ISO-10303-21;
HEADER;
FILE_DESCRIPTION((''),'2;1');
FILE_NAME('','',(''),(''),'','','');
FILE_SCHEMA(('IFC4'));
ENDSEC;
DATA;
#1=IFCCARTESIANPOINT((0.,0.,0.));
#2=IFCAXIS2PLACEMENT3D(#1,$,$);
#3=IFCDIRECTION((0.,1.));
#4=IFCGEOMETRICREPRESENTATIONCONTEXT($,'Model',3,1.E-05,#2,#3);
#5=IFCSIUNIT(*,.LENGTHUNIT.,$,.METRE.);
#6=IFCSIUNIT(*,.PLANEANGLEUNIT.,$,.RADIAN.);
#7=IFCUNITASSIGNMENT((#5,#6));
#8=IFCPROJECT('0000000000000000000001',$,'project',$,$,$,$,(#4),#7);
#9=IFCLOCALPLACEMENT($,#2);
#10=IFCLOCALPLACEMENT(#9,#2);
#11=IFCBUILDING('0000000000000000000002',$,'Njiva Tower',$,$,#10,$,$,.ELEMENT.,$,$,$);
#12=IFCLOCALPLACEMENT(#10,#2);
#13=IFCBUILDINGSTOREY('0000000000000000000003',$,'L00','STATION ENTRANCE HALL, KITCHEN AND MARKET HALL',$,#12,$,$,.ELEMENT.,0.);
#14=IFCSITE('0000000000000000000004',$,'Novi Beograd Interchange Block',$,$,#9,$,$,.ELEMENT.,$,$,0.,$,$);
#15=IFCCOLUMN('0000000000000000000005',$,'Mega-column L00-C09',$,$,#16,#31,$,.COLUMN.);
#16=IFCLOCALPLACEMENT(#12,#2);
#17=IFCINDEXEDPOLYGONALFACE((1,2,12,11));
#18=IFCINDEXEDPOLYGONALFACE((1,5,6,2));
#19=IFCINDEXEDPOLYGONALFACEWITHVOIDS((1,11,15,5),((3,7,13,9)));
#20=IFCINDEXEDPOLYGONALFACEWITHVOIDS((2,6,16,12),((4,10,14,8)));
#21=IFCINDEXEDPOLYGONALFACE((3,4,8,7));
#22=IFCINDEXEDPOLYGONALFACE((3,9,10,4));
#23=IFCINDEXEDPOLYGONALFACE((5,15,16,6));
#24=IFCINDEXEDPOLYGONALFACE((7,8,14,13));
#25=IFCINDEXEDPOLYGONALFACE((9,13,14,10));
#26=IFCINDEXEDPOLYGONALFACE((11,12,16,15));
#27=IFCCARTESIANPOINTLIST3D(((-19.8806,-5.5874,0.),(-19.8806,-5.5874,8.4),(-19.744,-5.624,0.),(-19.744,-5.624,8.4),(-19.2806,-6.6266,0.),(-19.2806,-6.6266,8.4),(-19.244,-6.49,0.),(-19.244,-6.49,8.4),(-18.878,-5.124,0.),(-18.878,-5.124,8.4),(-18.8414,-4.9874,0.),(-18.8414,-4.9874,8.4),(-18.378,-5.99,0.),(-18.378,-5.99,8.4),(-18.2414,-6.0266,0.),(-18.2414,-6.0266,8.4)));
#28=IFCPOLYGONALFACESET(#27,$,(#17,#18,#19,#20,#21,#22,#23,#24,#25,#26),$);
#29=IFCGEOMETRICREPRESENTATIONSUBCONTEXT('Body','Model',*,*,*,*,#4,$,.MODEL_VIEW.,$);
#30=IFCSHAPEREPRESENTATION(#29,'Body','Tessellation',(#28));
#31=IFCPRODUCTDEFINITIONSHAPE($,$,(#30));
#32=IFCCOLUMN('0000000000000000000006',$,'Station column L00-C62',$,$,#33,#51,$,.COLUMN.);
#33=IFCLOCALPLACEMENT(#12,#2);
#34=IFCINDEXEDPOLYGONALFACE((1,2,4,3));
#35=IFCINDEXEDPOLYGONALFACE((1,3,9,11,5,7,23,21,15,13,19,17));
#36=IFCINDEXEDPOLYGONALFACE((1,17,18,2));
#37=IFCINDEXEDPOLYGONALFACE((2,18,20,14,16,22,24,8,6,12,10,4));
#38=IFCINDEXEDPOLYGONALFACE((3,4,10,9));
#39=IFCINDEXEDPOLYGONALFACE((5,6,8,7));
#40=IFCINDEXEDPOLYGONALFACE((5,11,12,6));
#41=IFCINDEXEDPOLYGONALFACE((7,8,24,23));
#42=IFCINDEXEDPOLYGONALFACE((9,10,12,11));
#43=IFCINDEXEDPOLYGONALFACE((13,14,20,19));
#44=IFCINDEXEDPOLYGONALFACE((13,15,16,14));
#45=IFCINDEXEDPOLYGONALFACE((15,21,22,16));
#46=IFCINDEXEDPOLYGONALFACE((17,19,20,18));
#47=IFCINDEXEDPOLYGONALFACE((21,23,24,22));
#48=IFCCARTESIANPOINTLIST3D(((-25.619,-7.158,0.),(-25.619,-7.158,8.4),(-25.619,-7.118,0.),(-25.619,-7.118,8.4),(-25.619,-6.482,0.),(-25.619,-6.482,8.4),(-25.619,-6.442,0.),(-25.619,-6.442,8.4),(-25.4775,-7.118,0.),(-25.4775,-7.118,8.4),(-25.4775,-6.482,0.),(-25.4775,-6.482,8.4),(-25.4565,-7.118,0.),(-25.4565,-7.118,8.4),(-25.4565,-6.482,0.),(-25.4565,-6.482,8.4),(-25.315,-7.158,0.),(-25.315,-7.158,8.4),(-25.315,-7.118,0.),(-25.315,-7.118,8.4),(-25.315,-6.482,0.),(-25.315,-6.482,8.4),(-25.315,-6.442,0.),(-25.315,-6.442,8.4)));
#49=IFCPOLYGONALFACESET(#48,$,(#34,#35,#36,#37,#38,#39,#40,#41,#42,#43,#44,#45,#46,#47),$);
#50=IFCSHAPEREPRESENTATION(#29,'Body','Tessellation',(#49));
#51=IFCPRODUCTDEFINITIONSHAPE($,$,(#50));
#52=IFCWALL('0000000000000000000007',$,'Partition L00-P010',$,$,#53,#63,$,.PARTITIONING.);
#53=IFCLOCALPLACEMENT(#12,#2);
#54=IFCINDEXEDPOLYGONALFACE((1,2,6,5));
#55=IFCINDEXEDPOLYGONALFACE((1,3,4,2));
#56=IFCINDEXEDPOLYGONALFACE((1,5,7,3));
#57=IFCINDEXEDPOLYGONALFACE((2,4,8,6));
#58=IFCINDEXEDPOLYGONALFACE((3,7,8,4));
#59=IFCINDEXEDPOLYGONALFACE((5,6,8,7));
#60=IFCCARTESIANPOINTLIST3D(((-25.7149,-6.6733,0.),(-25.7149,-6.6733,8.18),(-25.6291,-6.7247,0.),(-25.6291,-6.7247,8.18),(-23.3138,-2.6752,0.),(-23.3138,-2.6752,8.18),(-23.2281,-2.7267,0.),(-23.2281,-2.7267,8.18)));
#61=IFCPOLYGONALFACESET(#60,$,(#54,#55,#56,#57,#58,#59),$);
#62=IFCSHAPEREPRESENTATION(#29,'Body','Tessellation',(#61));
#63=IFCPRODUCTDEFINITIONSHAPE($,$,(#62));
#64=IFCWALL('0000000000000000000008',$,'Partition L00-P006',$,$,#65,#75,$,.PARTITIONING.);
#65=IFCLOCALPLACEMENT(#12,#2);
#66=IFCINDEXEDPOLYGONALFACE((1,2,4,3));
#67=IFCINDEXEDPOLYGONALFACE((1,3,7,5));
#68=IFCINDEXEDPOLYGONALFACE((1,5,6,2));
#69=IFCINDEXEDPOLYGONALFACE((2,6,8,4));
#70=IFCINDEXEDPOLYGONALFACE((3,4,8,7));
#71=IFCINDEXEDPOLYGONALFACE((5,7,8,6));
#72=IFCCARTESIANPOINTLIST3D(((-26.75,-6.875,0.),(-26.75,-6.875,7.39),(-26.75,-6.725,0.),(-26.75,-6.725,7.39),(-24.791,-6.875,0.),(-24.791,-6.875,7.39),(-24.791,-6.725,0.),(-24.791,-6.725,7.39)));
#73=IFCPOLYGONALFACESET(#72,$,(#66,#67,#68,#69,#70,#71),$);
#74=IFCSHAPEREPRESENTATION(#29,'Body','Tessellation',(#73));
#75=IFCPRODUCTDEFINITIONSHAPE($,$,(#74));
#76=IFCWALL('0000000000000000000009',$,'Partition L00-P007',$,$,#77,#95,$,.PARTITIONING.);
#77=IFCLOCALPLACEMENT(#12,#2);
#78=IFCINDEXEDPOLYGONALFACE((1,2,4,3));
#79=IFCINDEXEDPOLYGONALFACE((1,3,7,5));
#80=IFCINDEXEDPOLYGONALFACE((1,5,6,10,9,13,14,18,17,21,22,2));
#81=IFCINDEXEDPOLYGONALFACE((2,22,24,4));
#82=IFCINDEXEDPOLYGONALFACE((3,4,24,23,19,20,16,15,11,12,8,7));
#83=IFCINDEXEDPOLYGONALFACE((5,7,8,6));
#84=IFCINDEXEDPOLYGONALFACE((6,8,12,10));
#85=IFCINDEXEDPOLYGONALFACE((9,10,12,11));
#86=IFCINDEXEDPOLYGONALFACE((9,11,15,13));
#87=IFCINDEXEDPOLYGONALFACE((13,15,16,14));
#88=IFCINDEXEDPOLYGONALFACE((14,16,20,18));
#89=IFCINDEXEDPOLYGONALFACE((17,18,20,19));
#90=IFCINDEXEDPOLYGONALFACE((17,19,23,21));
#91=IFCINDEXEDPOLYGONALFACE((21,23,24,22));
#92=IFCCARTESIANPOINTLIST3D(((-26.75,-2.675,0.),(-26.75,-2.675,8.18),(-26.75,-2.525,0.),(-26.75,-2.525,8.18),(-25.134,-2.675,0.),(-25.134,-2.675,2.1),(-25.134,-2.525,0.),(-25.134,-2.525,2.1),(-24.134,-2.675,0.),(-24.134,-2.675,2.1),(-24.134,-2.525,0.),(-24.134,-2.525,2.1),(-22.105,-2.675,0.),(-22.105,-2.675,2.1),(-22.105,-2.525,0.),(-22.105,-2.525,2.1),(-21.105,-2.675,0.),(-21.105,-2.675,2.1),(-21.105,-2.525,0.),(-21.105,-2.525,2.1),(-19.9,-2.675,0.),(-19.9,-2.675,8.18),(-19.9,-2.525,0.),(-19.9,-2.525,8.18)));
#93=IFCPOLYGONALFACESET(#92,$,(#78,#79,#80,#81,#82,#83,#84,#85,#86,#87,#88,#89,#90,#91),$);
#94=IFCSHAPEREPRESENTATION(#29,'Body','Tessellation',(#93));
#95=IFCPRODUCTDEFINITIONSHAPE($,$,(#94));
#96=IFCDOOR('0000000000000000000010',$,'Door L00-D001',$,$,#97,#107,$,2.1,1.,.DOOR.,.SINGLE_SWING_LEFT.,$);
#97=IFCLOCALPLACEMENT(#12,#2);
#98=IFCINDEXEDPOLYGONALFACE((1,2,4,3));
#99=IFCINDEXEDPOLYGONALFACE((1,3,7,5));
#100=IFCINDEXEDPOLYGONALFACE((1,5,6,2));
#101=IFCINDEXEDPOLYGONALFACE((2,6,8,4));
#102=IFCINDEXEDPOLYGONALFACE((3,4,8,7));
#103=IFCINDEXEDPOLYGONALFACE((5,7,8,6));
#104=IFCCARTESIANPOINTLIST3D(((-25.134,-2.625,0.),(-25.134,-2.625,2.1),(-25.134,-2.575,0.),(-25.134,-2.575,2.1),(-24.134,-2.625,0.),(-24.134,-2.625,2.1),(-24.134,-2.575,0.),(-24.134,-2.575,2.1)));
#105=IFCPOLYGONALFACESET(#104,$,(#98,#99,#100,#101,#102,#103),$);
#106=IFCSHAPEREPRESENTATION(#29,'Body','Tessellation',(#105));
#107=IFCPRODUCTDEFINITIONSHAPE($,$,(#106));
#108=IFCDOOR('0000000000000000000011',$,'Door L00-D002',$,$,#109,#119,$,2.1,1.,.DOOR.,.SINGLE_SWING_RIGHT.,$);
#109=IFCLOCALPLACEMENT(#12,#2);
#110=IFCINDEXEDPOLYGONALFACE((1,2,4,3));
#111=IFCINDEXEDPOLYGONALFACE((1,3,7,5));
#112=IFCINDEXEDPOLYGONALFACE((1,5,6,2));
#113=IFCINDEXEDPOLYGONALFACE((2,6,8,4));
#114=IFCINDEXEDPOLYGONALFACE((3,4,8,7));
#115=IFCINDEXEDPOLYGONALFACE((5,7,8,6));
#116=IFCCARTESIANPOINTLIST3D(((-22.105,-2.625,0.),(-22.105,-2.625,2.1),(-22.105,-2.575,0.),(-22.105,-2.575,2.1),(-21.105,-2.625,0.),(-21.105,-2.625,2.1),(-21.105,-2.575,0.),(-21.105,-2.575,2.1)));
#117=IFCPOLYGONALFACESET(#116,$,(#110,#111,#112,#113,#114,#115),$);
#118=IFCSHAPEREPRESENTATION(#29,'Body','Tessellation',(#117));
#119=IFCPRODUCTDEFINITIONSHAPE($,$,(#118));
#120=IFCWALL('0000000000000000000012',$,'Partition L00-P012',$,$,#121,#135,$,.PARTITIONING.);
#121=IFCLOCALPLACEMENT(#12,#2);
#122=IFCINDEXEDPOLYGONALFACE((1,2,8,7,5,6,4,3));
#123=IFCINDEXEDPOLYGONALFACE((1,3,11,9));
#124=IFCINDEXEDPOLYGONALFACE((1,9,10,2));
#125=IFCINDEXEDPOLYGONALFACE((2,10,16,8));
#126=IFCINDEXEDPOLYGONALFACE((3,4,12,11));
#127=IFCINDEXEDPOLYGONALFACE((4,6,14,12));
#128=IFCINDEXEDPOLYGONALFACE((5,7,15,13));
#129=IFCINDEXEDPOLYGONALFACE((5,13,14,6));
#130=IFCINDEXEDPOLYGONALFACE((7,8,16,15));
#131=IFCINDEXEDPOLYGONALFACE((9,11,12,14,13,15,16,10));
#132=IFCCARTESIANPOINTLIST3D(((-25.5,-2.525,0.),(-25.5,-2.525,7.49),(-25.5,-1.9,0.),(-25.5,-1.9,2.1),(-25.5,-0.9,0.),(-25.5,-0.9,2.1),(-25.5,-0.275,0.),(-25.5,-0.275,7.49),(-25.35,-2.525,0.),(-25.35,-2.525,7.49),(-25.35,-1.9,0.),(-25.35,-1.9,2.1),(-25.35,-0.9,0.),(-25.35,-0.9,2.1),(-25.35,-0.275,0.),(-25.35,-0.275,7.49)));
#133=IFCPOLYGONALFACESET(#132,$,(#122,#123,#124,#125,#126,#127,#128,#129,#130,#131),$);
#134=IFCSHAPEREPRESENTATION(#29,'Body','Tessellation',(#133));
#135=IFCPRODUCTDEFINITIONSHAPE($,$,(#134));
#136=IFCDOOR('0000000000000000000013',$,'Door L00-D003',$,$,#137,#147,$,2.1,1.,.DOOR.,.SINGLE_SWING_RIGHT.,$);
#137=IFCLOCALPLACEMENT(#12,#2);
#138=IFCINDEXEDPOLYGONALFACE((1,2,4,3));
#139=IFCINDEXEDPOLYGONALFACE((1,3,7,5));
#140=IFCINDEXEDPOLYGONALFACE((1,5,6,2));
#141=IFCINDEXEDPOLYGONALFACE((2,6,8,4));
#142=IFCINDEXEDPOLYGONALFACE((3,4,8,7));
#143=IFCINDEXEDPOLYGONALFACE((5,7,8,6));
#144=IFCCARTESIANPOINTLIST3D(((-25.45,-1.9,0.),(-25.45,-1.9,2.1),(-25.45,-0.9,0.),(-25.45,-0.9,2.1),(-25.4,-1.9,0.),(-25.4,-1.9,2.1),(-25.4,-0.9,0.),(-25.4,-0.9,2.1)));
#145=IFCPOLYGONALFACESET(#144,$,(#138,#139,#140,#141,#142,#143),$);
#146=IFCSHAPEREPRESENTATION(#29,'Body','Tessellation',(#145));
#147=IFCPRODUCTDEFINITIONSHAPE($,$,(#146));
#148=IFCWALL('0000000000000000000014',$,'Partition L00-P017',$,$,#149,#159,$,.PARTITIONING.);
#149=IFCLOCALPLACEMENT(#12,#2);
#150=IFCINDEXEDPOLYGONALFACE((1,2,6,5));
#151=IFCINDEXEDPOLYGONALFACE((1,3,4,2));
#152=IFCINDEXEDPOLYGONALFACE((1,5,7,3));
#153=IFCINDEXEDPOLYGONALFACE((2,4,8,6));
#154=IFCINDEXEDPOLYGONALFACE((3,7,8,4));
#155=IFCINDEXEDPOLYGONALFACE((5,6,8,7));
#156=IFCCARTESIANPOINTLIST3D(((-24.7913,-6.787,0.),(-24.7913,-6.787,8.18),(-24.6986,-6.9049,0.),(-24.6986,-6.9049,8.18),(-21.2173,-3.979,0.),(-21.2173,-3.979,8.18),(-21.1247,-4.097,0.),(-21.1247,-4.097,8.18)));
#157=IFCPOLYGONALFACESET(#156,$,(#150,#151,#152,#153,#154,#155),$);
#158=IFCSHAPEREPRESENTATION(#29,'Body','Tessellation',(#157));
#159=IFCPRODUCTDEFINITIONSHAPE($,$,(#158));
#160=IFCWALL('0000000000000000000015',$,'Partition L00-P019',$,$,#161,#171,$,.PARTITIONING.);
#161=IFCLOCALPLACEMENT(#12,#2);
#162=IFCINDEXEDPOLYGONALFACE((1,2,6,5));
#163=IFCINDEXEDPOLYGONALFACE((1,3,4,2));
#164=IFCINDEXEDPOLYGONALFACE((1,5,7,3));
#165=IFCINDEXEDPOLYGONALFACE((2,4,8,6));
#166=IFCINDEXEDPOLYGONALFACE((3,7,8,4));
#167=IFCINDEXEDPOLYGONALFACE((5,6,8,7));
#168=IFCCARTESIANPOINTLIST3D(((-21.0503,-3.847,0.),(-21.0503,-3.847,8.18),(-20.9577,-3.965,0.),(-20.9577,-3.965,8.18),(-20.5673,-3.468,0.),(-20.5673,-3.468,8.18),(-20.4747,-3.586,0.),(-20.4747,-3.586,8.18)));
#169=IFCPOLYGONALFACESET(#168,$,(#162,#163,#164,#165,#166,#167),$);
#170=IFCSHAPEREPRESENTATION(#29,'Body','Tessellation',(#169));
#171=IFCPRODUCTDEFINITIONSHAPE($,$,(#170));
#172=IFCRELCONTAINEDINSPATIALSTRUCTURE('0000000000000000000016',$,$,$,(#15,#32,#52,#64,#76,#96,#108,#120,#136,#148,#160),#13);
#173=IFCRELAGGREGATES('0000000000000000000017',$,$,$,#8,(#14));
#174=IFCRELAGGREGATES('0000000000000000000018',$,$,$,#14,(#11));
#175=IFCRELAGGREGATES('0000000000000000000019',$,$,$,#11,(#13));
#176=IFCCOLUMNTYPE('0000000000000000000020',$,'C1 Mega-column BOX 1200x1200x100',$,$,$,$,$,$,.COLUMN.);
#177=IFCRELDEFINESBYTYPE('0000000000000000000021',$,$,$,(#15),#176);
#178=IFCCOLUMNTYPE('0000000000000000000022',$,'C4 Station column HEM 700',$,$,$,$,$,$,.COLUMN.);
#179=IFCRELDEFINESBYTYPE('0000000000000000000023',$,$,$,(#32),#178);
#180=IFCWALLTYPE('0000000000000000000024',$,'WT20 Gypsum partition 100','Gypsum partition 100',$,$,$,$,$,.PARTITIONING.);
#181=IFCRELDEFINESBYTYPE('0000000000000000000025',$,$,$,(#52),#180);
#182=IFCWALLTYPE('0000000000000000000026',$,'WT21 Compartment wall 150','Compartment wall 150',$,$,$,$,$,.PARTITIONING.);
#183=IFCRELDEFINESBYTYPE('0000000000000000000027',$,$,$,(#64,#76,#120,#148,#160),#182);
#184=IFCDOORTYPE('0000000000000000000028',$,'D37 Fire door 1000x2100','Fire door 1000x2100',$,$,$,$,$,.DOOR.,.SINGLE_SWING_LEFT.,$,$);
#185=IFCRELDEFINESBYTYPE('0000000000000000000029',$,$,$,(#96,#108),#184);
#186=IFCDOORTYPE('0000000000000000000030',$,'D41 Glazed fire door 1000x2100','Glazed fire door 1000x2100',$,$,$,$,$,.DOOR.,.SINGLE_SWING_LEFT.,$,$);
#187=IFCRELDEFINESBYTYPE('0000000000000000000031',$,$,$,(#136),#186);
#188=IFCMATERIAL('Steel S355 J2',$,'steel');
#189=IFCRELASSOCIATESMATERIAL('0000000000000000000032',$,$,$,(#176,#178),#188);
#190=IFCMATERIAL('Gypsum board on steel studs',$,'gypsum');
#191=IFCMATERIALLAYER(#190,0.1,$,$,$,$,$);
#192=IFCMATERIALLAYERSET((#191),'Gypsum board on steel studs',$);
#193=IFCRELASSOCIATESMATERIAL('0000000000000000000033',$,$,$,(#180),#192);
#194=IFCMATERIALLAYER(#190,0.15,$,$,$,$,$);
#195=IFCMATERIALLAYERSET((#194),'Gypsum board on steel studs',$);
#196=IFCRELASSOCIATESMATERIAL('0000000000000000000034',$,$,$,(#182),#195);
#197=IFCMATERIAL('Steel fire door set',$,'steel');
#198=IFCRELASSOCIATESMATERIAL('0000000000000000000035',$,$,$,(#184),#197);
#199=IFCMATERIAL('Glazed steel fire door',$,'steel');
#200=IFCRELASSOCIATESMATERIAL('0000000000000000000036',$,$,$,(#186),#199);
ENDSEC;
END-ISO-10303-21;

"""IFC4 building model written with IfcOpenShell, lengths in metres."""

from ifc_helpers import new_model, si_unit, direction, frame, frame_2d, origin, origin_2d, place, context, subcontext, project, spatial, rectangle, hollow_rectangle, i_section, extrude, material, layer, layer_set, material_profile, profile_set, type_object, element, fill, save


model = new_model("IFC4")

# Units and contexts
model_context = context("Model", 3, precision=1e-05, world=origin(), true_north=direction((0.0, 1.0)))
body_context = subcontext(model_context, "Body", "Model", "MODEL_VIEW")
ifc_project = project(units=[si_unit("LENGTHUNIT", "METRE"), si_unit("PLANEANGLEUNIT", "RADIAN")], contexts=[model_context])

# Site, building, storey
site_placement = place(None, origin())
site = spatial("IfcSite", under=ifc_project, at=site_placement, Name="Novi Beograd Interchange Block", CompositionType="ELEMENT", RefElevation=0.0)
building_placement = place(site_placement, origin())
building = spatial("IfcBuilding", under=site, at=building_placement, Name="Njiva Tower", CompositionType="ELEMENT")
storey_placement = place(building_placement, origin())
storey = spatial("IfcBuildingStorey", under=building, at=storey_placement, Name="L00", Description="STATION ENTRANCE HALL, KITCHEN AND MARKET HALL", CompositionType="ELEMENT", Elevation=0.0)

# Columns
ifc_material_1 = material(Name="Steel S355 J2", Category="steel")
ifc_material_profile_1 = material_profile(ifc_material_1, hollow_rectangle(XDim=1.2, YDim=1.2, WallThickness=0.1, at=origin_2d()), Name="BOX 1200x1200x100")
ifc_profile_set_1 = profile_set([ifc_material_profile_1], Name="Steel S355 J2")
column_type_1 = type_object("IfcColumnType", Name="C1 Mega-column BOX 1200x1200x100", PredefinedType="COLUMN", material=ifc_profile_set_1)
column_1_placement = place(storey_placement, frame((-19.061, -5.807, 0.0), z_axis=(0.0, 0.0, 1.0), x_axis=(0.5, -0.866025, 0.0)))
element("IfcColumn", 1, at=column_1_placement, inside=storey, type_object=column_type_1, Name="Mega-column L00-C09", PredefinedType="COLUMN", context=body_context, shape_type="SweptSolid", body=[
    extrude(hollow_rectangle(XDim=1.2, YDim=1.2, WallThickness=0.1, at=origin_2d()), origin(), (0.0, 0.0, 1.0), 8.4),
])
ifc_material_profile_2 = material_profile(ifc_material_1, i_section(OverallWidth=0.304, OverallDepth=0.716, WebThickness=0.021, FlangeThickness=0.04, at=origin_2d()), Name="HEM 700")
ifc_profile_set_2 = profile_set([ifc_material_profile_2], Name="Steel S355 J2")
column_type_2 = type_object("IfcColumnType", Name="C4 Station column HEM 700", PredefinedType="COLUMN", material=ifc_profile_set_2)
column_2_placement = place(storey_placement, frame((-25.467, -6.8, 0.0), z_axis=(0.0, 0.0, 1.0), x_axis=(1.0, 0.0, 0.0)))
element("IfcColumn", 2, at=column_2_placement, inside=storey, type_object=column_type_2, Name="Station column L00-C62", PredefinedType="COLUMN", context=body_context, shape_type="SweptSolid", body=[
    extrude(i_section(OverallWidth=0.304, OverallDepth=0.716, WebThickness=0.021, FlangeThickness=0.04, at=origin_2d()), origin(), (0.0, 0.0, 1.0), 8.4),
])

# Walls
ifc_material_2 = material(Name="Gypsum board on steel studs", Category="gypsum")
ifc_layer_1 = layer(ifc_material_2, 0.1)
ifc_layer_set_1 = layer_set([ifc_layer_1], Name="Gypsum board on steel studs")
wall_type_1 = type_object("IfcWallType", Name="WT20 Gypsum partition 100", Description="Gypsum partition 100", PredefinedType="PARTITIONING", material=ifc_layer_set_1)
wall_1_placement = place(storey_placement, frame((-25.672, -6.699, 0.0), z_axis=(0.0, 0.0, 1.0), x_axis=(0.514843, 0.857285, 0.0)))
element("IfcWall", 3, at=wall_1_placement, inside=storey, type_object=wall_type_1, Name="Partition L00-P010", PredefinedType="PARTITIONING", context=body_context, shape_type="SweptSolid", body=[
    extrude(rectangle(XDim=4.6636, YDim=0.1, at=frame_2d((2.3318, 0.0))), origin(), (0.0, 0.0, 1.0), 8.18),
])
ifc_layer_2 = layer(ifc_material_2, 0.15)
ifc_layer_set_2 = layer_set([ifc_layer_2], Name="Gypsum board on steel studs")
wall_type_2 = type_object("IfcWallType", Name="WT21 Compartment wall 150", Description="Compartment wall 150", PredefinedType="PARTITIONING", material=ifc_layer_set_2)
wall_2_placement = place(storey_placement, frame((-26.75, -6.8, 0.0), z_axis=(0.0, 0.0, 1.0), x_axis=(1.0, 0.0, 0.0)))
element("IfcWall", 4, at=wall_2_placement, inside=storey, type_object=wall_type_2, Name="Partition L00-P006", PredefinedType="PARTITIONING", context=body_context, shape_type="SweptSolid", body=[
    extrude(rectangle(XDim=1.959, YDim=0.15, at=frame_2d((0.9795, 0.0))), origin(), (0.0, 0.0, 1.0), 7.39),
])

# Wall, openings, doors
wall_3_placement = place(storey_placement, frame((-26.75, -2.6, 0.0), z_axis=(0.0, 0.0, 1.0), x_axis=(1.0, 0.0, 0.0)))
wall_3 = element("IfcWall", 5, at=wall_3_placement, inside=storey, type_object=wall_type_2, Name="Partition L00-P007", PredefinedType="PARTITIONING", context=body_context, shape_type="SweptSolid", body=[
    extrude(rectangle(XDim=6.85, YDim=0.15, at=frame_2d((3.425, 0.0))), origin(), (0.0, 0.0, 1.0), 8.18),
])
opening_1_placement = place(wall_3_placement, frame((1.616, 0.0, 0.0)))
opening_1 = element("IfcOpeningElement", 6, at=opening_1_placement, cuts=wall_3, PredefinedType="OPENING", context=body_context, shape_type="SweptSolid", body=[
    extrude(rectangle(XDim=1.0, YDim=2.1, at=frame_2d((0.5, 1.05))), frame((0.0, 0.085, 0.0), z_axis=(0.0, -1.0, 0.0), x_axis=(1.0, 0.0, 0.0)), (0.0, 0.0, 1.0), 0.17),
])
opening_2_placement = place(wall_3_placement, frame((4.645, 0.0, 0.0)))
opening_2 = element("IfcOpeningElement", 7, at=opening_2_placement, cuts=wall_3, PredefinedType="OPENING", context=body_context, shape_type="SweptSolid", body=[
    extrude(rectangle(XDim=1.0, YDim=2.1, at=frame_2d((0.5, 1.05))), frame((0.0, 0.085, 0.0), z_axis=(0.0, -1.0, 0.0), x_axis=(1.0, 0.0, 0.0)), (0.0, 0.0, 1.0), 0.17),
])
ifc_material_3 = material(Name="Steel fire door set", Category="steel")
door_type_1 = type_object("IfcDoorType", Name="D37 Fire door 1000x2100", Description="Fire door 1000x2100", OperationType="SINGLE_SWING_LEFT", PredefinedType="DOOR", material=ifc_material_3)
door_1_placement = place(opening_1_placement, origin())
door_1 = element("IfcDoor", 8, at=door_1_placement, inside=storey, type_object=door_type_1, Name="Door L00-D001", OperationType="SINGLE_SWING_LEFT", OverallHeight=2.1, OverallWidth=1.0, PredefinedType="DOOR", context=body_context, shape_type="SweptSolid", body=[
    extrude(rectangle(XDim=1.0, YDim=2.1, at=frame_2d((0.5, 1.05))), frame((0.0, 0.025, 0.0), z_axis=(0.0, -1.0, 0.0), x_axis=(1.0, 0.0, 0.0)), (0.0, 0.0, 1.0), 0.05),
])
fill(opening_1, door_1)
door_2_placement = place(opening_2_placement, origin())
door_2 = element("IfcDoor", 9, at=door_2_placement, inside=storey, type_object=door_type_1, Name="Door L00-D002", OperationType="SINGLE_SWING_RIGHT", OverallHeight=2.1, OverallWidth=1.0, PredefinedType="DOOR", context=body_context, shape_type="SweptSolid", body=[
    extrude(rectangle(XDim=1.0, YDim=2.1, at=frame_2d((0.5, 1.05))), frame((0.0, 0.025, 0.0), z_axis=(0.0, -1.0, 0.0), x_axis=(1.0, 0.0, 0.0)), (0.0, 0.0, 1.0), 0.05),
])
fill(opening_2, door_2)

# Wall, opening, door
wall_4_placement = place(storey_placement, frame((-25.425, -2.525, 0.0), z_axis=(0.0, 0.0, 1.0), x_axis=(0.0, 1.0, 0.0)))
wall_4 = element("IfcWall", 10, at=wall_4_placement, inside=storey, type_object=wall_type_2, Name="Partition L00-P012", PredefinedType="PARTITIONING", context=body_context, shape_type="SweptSolid", body=[
    extrude(rectangle(XDim=2.25, YDim=0.15, at=frame_2d((1.125, 0.0))), origin(), (0.0, 0.0, 1.0), 7.49),
])
opening_3_placement = place(wall_4_placement, frame((0.625, 0.0, 0.0)))
opening_3 = element("IfcOpeningElement", 11, at=opening_3_placement, cuts=wall_4, PredefinedType="OPENING", context=body_context, shape_type="SweptSolid", body=[
    extrude(rectangle(XDim=1.0, YDim=2.1, at=frame_2d((0.5, 1.05))), frame((0.0, 0.085, 0.0), z_axis=(0.0, -1.0, 0.0), x_axis=(1.0, 0.0, 0.0)), (0.0, 0.0, 1.0), 0.17),
])
ifc_material_4 = material(Name="Glazed steel fire door", Category="steel")
door_type_2 = type_object("IfcDoorType", Name="D41 Glazed fire door 1000x2100", Description="Glazed fire door 1000x2100", OperationType="SINGLE_SWING_LEFT", PredefinedType="DOOR", material=ifc_material_4)
door_3_placement = place(opening_3_placement, origin())
door_3 = element("IfcDoor", 12, at=door_3_placement, inside=storey, type_object=door_type_2, Name="Door L00-D003", OperationType="SINGLE_SWING_RIGHT", OverallHeight=2.1, OverallWidth=1.0, PredefinedType="DOOR", context=body_context, shape_type="SweptSolid", body=[
    extrude(rectangle(XDim=1.0, YDim=2.1, at=frame_2d((0.5, 1.05))), frame((0.0, 0.025, 0.0), z_axis=(0.0, -1.0, 0.0), x_axis=(1.0, 0.0, 0.0)), (0.0, 0.0, 1.0), 0.05),
])
fill(opening_3, door_3)

# Walls
wall_5_placement = place(storey_placement, frame((-24.745, -6.846, 0.0), z_axis=(0.0, 0.0, 1.0), x_axis=(0.786334, 0.617802, 0.0)))
element("IfcWall", 13, at=wall_5_placement, inside=storey, type_object=wall_type_2, Name="Partition L00-P017", PredefinedType="PARTITIONING", context=body_context, shape_type="SweptSolid", body=[
    extrude(rectangle(XDim=4.5451, YDim=0.15, at=frame_2d((2.2726, 0.0))), origin(), (0.0, 0.0, 1.0), 8.18),
])
wall_6_placement = place(storey_placement, frame((-21.004, -3.906, 0.0), z_axis=(0.0, 0.0, 1.0), x_axis=(0.786714, 0.617318, 0.0)))
element("IfcWall", 14, at=wall_6_placement, inside=storey, type_object=wall_type_2, Name="Partition L00-P019", PredefinedType="PARTITIONING", context=body_context, shape_type="SweptSolid", body=[
    extrude(rectangle(XDim=0.6139, YDim=0.15, at=frame_2d((0.307, 0.0))), origin(), (0.0, 0.0, 1.0), 8.18),
])

save(model, "model.ifc")
